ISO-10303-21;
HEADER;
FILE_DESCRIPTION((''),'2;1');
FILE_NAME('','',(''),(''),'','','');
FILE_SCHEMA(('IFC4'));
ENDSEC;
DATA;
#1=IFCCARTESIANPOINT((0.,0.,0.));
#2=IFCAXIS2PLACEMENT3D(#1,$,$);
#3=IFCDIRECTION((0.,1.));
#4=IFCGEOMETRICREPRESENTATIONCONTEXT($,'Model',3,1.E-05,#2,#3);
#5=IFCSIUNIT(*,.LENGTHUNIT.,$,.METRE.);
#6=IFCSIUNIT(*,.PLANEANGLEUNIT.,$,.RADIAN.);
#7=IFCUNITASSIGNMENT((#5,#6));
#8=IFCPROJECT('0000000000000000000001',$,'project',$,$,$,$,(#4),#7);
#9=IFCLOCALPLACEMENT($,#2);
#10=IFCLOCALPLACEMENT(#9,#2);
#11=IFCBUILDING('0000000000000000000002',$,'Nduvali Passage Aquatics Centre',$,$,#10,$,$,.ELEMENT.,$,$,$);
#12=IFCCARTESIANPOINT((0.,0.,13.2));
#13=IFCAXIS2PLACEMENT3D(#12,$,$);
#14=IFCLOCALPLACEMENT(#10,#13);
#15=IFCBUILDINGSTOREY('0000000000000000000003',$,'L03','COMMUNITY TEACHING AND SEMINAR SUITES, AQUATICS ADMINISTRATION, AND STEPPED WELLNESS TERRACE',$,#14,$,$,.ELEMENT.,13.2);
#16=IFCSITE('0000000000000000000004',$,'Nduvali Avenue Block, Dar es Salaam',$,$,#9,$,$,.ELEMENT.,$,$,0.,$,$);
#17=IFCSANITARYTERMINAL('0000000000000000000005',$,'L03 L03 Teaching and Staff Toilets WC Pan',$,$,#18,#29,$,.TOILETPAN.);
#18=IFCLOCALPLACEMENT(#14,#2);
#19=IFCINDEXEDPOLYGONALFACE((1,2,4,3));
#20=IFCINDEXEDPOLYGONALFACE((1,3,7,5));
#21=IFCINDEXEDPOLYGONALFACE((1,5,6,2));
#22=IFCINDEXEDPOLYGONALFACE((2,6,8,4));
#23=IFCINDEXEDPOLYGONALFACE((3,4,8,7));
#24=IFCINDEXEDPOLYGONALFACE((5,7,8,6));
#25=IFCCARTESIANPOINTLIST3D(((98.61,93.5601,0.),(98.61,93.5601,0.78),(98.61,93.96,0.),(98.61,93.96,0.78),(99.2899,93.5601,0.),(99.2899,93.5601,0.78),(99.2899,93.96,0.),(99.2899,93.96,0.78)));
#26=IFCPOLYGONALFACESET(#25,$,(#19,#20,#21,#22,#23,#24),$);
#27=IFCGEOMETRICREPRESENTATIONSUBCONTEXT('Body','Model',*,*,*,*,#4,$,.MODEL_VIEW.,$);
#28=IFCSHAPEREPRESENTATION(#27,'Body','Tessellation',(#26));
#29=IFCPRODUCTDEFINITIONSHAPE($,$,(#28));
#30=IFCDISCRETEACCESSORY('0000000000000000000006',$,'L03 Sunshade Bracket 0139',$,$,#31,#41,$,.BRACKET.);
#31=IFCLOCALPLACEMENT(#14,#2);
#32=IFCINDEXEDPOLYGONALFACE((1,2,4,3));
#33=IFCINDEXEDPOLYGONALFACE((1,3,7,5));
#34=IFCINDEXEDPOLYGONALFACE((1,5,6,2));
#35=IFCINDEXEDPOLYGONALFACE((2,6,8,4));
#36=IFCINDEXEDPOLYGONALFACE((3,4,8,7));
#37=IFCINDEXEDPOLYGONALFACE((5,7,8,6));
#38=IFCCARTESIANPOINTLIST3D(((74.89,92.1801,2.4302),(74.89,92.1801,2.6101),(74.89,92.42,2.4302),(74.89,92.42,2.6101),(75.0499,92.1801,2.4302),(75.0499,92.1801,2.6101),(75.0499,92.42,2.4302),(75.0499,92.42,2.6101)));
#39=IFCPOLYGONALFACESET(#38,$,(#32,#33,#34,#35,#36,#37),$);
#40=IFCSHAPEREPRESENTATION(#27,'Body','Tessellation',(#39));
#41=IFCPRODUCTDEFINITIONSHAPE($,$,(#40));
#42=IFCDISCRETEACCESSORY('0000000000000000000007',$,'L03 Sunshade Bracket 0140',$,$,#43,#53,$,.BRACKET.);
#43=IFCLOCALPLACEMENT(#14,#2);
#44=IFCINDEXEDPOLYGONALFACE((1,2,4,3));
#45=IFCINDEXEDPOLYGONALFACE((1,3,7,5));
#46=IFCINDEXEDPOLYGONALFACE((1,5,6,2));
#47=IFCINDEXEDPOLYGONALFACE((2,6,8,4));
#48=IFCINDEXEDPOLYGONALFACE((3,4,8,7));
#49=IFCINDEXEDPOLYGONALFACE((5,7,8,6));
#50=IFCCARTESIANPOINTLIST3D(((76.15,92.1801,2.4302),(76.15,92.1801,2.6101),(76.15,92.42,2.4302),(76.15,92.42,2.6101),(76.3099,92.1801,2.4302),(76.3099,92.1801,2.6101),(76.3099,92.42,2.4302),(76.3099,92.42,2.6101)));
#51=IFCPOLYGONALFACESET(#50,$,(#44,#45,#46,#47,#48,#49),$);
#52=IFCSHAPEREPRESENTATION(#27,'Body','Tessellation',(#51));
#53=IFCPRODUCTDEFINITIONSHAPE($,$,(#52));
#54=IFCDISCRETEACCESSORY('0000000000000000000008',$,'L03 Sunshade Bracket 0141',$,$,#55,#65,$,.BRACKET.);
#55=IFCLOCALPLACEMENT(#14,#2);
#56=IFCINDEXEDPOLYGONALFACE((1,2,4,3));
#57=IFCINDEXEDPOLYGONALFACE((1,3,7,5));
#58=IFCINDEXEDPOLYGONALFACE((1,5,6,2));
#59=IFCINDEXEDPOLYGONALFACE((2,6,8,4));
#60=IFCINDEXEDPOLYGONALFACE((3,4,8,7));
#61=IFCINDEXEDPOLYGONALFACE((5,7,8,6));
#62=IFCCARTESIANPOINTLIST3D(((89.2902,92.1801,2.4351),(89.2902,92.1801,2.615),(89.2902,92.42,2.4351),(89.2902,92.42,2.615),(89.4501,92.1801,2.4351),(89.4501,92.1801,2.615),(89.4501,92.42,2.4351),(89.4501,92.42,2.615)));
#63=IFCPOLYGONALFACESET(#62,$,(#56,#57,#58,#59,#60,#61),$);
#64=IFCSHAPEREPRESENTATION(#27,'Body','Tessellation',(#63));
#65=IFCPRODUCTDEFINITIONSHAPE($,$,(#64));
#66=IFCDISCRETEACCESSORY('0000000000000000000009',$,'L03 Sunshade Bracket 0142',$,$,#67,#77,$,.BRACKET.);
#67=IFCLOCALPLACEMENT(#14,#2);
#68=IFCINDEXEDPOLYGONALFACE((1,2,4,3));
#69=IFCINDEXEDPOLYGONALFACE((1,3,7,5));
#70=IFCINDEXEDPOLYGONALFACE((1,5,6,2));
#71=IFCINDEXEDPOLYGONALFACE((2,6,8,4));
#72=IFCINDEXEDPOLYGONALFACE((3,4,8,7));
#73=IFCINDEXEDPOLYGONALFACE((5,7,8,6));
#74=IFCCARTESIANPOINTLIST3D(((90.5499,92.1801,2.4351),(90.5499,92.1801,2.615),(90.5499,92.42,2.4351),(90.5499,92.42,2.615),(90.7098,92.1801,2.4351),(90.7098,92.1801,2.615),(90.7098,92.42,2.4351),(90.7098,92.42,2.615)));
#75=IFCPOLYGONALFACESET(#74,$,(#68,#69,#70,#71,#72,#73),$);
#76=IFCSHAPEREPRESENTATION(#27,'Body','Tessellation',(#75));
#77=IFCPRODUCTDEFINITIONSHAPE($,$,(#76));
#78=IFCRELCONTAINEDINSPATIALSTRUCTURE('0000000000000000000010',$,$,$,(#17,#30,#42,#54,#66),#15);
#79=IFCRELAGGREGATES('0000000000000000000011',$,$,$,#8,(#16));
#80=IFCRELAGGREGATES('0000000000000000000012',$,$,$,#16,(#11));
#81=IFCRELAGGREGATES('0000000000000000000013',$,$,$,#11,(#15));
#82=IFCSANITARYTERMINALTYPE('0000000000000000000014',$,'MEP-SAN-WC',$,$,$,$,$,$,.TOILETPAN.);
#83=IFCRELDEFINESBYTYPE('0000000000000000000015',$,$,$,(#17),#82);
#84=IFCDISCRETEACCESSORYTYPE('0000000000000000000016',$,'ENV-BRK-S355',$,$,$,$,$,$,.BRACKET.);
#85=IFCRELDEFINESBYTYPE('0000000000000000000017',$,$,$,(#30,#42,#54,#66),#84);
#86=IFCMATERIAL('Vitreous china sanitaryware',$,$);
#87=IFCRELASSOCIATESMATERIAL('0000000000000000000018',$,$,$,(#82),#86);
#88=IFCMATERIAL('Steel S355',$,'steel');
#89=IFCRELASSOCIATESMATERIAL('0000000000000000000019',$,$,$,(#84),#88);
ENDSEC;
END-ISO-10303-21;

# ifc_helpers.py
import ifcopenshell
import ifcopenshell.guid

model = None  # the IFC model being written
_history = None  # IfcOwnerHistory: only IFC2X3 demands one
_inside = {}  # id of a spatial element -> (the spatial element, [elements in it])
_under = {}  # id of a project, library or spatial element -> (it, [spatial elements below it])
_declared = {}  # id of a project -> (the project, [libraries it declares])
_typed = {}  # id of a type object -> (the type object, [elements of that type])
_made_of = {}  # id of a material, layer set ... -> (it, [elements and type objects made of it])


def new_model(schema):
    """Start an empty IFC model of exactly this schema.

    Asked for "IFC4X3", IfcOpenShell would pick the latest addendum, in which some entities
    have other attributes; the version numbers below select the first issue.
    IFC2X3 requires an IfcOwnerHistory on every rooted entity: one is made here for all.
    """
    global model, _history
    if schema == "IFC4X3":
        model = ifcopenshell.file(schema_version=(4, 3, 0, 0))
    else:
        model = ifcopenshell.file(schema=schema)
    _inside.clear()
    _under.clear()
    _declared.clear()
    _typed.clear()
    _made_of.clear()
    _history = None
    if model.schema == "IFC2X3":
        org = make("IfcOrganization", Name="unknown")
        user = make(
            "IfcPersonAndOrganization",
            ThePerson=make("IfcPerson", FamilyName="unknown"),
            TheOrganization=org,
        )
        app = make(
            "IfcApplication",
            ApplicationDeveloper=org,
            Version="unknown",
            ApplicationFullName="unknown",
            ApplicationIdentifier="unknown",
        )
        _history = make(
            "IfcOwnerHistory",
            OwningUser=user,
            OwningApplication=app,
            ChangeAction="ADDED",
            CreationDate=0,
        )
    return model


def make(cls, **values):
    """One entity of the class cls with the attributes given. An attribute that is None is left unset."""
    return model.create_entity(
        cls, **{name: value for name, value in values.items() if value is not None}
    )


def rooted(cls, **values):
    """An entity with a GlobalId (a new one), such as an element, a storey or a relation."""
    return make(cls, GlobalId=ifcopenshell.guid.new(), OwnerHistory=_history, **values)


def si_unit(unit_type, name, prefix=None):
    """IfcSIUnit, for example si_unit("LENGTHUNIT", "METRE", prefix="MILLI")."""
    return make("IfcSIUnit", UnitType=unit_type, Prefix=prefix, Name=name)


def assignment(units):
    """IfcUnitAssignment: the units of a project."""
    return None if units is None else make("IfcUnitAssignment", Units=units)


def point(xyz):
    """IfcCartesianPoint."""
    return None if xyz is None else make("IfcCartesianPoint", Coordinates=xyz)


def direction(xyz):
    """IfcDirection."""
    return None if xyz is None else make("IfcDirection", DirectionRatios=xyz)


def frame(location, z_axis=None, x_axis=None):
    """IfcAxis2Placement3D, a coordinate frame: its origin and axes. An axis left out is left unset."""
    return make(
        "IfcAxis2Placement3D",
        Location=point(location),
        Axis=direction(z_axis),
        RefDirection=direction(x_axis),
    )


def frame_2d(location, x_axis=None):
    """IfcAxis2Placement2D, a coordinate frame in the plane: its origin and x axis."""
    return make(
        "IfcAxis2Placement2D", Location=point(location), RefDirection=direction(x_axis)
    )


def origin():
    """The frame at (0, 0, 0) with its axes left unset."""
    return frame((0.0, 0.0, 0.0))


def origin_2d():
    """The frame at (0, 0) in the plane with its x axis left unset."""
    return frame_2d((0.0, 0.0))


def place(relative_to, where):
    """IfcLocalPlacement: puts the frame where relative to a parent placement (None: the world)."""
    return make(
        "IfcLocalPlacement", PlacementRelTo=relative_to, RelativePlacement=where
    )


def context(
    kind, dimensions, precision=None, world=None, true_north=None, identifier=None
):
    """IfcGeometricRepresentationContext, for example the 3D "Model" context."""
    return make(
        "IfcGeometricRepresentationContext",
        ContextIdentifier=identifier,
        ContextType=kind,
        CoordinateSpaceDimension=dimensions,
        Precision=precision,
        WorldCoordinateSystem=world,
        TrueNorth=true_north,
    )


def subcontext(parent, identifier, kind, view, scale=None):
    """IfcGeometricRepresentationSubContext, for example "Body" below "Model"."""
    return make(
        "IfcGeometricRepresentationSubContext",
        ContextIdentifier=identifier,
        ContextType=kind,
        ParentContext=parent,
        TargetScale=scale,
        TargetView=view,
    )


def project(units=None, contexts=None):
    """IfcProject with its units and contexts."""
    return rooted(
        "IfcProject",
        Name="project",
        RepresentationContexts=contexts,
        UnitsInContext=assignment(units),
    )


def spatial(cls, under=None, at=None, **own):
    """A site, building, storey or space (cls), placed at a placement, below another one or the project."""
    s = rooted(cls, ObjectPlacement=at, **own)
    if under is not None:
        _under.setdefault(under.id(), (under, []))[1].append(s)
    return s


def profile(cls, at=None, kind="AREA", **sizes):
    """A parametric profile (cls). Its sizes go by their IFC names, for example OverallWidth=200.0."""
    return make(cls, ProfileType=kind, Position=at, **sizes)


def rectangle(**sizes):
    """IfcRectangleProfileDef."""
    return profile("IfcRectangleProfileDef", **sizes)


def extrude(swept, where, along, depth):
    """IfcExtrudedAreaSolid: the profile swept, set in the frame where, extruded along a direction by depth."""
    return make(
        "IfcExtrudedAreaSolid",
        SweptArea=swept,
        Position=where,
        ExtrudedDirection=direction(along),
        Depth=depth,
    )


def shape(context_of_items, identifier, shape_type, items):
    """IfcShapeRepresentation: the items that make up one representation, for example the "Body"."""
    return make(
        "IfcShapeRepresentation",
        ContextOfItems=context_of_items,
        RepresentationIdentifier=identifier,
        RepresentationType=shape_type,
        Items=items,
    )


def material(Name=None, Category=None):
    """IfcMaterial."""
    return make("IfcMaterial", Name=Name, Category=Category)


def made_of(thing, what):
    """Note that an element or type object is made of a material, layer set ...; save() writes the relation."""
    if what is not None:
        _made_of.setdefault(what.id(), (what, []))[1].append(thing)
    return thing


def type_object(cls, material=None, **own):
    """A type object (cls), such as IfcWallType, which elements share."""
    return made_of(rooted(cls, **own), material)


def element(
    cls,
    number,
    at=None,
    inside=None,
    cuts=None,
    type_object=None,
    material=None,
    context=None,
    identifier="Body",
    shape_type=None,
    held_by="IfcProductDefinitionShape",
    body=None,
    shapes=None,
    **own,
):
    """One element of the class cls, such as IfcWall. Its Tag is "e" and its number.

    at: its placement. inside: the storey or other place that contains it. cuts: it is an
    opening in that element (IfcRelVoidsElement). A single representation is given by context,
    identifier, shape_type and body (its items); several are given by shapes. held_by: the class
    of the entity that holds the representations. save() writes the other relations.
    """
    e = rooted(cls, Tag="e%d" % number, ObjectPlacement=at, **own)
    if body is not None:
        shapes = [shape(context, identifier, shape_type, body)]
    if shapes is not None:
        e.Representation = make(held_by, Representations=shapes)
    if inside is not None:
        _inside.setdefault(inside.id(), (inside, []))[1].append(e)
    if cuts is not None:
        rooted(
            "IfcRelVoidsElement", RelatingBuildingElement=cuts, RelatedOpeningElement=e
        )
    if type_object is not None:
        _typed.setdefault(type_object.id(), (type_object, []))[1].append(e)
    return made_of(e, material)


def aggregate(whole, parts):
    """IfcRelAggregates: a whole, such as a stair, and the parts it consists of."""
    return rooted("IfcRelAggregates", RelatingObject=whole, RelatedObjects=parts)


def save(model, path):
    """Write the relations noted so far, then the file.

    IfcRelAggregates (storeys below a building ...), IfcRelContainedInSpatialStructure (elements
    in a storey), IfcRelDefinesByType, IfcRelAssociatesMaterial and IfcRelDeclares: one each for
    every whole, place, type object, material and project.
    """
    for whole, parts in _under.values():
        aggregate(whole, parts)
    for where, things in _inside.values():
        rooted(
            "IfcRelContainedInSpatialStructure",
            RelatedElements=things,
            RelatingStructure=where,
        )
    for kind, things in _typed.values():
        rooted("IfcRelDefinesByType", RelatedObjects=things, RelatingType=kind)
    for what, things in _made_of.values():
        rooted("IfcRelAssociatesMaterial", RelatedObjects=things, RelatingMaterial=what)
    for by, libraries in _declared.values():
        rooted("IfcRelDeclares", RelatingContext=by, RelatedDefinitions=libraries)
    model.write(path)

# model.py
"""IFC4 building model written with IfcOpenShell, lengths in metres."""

from ifc_helpers import new_model, si_unit, direction, frame, origin, origin_2d, place, context, subcontext, project, spatial, rectangle, extrude, material, type_object, element, save


model = new_model("IFC4")

# Units and contexts
model_context = context("Model", 3, precision=1e-05, world=origin(), true_north=direction((0.0, 1.0)))
body_context = subcontext(model_context, "Body", "Model", "MODEL_VIEW")
ifc_project = project(units=[si_unit("LENGTHUNIT", "METRE"), si_unit("PLANEANGLEUNIT", "RADIAN")], contexts=[model_context])

# Site, building, storey
site_placement = place(None, origin())
site = spatial("IfcSite", under=ifc_project, at=site_placement, Name="Nduvali Avenue Block, Dar es Salaam", CompositionType="ELEMENT", RefElevation=0.0)
building_placement = place(site_placement, origin())
building = spatial("IfcBuilding", under=site, at=building_placement, Name="Nduvali Passage Aquatics Centre", CompositionType="ELEMENT")
storey_placement = place(building_placement, frame((0.0, 0.0, 13.2)))
storey = spatial("IfcBuildingStorey", under=building, at=storey_placement, Name="L03", Description="COMMUNITY TEACHING AND SEMINAR SUITES, AQUATICS ADMINISTRATION, AND STEPPED WELLNESS TERRACE", CompositionType="ELEMENT", Elevation=13.2)

# Shared definitions
ifc_material_1 = material(Name="Steel S355", Category="steel")

# Sanitary terminal
ifc_material_2 = material(Name="Vitreous china sanitaryware")
sanitary_terminal_type_1 = type_object("IfcSanitaryTerminalType", Name="MEP-SAN-WC", PredefinedType="TOILETPAN", material=ifc_material_2)
sanitary_terminal_1_placement = place(storey_placement, frame((98.95, 93.76, 0.0), z_axis=(0.0, 0.0, 1.0), x_axis=(1.0, 0.0, 0.0)))
element("IfcSanitaryTerminal", 1, at=sanitary_terminal_1_placement, inside=storey, type_object=sanitary_terminal_type_1, Name="L03 L03 Teaching and Staff Toilets WC Pan", PredefinedType="TOILETPAN", context=body_context, shape_type="SweptSolid", body=[
    extrude(rectangle(XDim=0.6799, YDim=0.3999, at=origin_2d()), origin(), (0.0, 0.0, 1.0), 0.78),
])

# Discrete accessories
discrete_accessory_type = type_object("IfcDiscreteAccessoryType", Name="ENV-BRK-S355", PredefinedType="BRACKET", material=ifc_material_1)
for number, where, z_axis, x_axis, name in (
    (2, (74.97, 92.3, 2.4302), (0.0, 0.0, 1.0), (1.0, 0.0, 0.0), "L03 Sunshade Bracket 0139"),
    (3, (76.23, 92.3, 2.4302), (0.0, 0.0, 1.0), (1.0, 0.0, 0.0), "L03 Sunshade Bracket 0140"),
    (4, (89.3701, 92.3, 2.4351), (0.0, 0.0, 1.0), (1.0, 0.0, 0.0), "L03 Sunshade Bracket 0141"),
    (5, (90.6299, 92.3, 2.4351), (0.0, 0.0, 1.0), (1.0, 0.0, 0.0), "L03 Sunshade Bracket 0142"),
):
    element("IfcDiscreteAccessory", number, at=place(storey_placement, frame(where, z_axis=z_axis, x_axis=x_axis)), inside=storey, type_object=discrete_accessory_type, Name=name, PredefinedType="BRACKET", context=body_context, shape_type="SweptSolid", body=[
        extrude(rectangle(XDim=0.1599, YDim=0.24, at=origin_2d()), origin(), (0.0, 0.0, 1.0), 0.1799),
    ])

save(model, "model.ifc")
